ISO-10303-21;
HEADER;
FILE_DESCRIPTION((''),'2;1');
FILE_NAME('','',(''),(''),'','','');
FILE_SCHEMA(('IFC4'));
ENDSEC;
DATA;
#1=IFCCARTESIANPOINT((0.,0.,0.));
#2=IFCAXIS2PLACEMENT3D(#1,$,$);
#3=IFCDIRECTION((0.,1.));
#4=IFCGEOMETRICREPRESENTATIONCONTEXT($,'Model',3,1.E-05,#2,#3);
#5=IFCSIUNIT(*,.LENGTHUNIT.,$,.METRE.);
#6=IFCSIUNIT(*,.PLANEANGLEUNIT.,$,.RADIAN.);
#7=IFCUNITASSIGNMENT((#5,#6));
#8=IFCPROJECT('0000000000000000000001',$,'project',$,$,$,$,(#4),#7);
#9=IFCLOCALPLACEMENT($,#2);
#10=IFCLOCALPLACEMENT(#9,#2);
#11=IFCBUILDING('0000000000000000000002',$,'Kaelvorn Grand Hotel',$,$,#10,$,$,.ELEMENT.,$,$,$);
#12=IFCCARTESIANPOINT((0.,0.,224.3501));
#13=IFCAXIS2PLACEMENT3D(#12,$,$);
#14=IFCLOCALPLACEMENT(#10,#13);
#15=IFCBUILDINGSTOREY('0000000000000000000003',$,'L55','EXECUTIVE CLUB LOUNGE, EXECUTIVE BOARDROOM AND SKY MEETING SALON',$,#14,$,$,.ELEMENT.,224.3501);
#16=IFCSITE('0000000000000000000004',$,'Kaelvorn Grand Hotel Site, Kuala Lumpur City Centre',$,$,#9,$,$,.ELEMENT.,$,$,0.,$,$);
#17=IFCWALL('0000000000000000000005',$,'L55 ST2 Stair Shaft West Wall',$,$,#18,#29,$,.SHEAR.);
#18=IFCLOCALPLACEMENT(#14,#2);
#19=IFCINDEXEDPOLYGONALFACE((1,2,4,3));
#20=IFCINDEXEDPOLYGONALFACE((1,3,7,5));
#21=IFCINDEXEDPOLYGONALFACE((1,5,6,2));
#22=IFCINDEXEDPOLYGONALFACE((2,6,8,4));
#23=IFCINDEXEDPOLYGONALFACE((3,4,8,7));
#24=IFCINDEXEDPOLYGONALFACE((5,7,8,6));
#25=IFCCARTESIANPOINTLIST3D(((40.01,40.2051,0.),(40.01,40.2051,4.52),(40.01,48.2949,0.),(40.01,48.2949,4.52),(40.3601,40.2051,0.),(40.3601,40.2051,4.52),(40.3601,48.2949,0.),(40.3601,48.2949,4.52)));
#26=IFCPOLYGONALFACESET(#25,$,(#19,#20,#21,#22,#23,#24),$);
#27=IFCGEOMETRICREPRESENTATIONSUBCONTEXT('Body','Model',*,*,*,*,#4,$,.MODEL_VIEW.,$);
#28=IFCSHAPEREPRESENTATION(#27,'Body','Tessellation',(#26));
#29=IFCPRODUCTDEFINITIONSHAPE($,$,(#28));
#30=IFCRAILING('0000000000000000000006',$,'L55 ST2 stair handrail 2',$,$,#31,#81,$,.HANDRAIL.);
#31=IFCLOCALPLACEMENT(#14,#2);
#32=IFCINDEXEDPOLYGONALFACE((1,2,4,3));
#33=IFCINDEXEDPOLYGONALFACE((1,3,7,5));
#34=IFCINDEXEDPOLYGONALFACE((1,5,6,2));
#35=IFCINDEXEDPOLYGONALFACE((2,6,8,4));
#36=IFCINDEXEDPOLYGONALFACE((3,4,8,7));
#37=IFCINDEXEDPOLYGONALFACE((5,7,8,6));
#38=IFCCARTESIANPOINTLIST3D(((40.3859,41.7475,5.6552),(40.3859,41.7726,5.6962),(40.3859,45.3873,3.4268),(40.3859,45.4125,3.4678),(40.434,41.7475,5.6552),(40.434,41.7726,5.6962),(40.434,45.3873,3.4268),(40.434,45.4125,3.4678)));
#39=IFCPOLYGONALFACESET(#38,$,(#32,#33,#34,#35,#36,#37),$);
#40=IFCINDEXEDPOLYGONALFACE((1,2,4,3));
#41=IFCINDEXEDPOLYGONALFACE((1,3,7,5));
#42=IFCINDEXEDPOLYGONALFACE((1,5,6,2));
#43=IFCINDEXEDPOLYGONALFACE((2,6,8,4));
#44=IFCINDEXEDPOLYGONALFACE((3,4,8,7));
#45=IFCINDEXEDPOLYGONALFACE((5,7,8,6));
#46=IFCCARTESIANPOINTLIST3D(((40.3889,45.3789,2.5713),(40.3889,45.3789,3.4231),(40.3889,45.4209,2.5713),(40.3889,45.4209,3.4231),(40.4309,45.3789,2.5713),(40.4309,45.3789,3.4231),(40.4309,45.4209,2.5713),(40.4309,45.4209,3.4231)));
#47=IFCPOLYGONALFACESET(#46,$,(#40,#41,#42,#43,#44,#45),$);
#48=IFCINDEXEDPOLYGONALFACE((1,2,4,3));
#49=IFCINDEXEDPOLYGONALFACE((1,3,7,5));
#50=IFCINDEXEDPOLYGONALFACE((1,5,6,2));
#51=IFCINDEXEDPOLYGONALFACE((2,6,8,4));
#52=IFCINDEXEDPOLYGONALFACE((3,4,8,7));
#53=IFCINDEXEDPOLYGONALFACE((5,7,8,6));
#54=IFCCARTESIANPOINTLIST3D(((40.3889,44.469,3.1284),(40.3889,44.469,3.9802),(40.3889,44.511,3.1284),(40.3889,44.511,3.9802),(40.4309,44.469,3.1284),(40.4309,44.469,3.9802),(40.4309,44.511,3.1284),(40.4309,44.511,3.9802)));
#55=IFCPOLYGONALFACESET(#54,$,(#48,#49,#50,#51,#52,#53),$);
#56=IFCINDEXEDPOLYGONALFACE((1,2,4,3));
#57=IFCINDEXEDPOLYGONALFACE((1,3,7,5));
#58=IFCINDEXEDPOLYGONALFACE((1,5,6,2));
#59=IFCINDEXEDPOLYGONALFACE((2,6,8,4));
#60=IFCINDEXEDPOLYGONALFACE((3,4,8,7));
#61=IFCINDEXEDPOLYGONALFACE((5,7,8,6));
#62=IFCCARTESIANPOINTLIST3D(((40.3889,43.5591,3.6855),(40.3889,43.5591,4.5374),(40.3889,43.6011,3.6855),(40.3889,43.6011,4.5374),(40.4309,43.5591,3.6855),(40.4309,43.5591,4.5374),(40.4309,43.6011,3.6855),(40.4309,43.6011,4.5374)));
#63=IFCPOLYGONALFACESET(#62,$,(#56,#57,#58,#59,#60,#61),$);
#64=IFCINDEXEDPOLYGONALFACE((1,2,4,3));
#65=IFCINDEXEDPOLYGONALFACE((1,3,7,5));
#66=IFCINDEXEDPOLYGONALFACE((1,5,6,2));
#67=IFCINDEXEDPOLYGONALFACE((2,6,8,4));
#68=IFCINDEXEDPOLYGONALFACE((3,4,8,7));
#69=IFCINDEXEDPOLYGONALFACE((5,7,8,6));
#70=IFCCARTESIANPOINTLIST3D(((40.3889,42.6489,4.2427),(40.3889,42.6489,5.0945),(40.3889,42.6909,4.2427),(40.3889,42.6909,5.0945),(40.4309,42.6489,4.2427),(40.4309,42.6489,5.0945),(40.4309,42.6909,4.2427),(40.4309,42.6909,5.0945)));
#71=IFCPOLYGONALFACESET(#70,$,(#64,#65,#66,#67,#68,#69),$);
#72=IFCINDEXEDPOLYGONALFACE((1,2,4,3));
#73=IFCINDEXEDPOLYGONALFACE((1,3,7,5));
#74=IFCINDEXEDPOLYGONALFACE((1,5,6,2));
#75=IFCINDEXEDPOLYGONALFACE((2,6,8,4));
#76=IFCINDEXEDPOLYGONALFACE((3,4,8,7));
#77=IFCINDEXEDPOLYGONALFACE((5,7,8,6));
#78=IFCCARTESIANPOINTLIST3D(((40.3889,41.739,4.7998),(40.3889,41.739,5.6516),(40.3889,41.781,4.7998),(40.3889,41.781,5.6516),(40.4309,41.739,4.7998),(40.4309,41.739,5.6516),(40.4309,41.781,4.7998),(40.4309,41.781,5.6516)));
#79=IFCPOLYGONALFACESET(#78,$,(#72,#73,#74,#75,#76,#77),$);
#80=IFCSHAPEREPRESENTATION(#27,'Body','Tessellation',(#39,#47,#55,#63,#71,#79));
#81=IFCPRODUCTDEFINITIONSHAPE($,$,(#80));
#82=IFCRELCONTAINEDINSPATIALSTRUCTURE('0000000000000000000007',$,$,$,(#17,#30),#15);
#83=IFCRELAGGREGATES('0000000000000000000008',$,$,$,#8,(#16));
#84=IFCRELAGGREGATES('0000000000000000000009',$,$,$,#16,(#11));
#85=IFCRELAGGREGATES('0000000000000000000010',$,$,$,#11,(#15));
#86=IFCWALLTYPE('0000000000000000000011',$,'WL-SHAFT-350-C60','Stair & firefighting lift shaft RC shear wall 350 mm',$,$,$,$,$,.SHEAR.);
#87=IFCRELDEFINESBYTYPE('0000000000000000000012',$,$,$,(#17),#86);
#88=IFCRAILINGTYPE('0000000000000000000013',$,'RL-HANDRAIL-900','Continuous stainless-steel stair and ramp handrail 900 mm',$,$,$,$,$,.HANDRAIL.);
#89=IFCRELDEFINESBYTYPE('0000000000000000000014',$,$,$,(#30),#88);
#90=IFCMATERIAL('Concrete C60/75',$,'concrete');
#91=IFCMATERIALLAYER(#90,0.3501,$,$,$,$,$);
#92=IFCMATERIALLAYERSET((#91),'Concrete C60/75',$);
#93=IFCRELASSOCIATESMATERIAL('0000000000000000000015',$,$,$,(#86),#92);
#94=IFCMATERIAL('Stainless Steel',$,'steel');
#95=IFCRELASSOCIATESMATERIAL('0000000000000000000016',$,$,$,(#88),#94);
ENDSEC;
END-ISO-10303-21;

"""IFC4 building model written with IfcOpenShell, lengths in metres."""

from ifc_helpers import new_model, si_unit, direction, frame, frame_2d, origin, origin_2d, place, context, subcontext, project, spatial, rectangle, extrude, material, layer, layer_set, type_object, element, save


model = new_model("IFC4")

# Units and contexts
model_context = context("Model", 3, precision=1e-05, world=origin(), true_north=direction((0.0, 1.0)))
body_context = subcontext(model_context, "Body", "Model", "MODEL_VIEW")
ifc_project = project(units=[si_unit("LENGTHUNIT", "METRE"), si_unit("PLANEANGLEUNIT", "RADIAN")], contexts=[model_context])

# Site, building, storey
site_placement = place(None, origin())
site = spatial("IfcSite", under=ifc_project, at=site_placement, Name="Kaelvorn Grand Hotel Site, Kuala Lumpur City Centre", CompositionType="ELEMENT", RefElevation=0.0)
building_placement = place(site_placement, origin())
building = spatial("IfcBuilding", under=site, at=building_placement, Name="Kaelvorn Grand Hotel", CompositionType="ELEMENT")
storey_placement = place(building_placement, frame((0.0, 0.0, 224.3501)))
storey = spatial("IfcBuildingStorey", under=building, at=storey_placement, Name="L55", Description="EXECUTIVE CLUB LOUNGE, EXECUTIVE BOARDROOM AND SKY MEETING SALON", CompositionType="ELEMENT", Elevation=224.3501)

# Shared definitions
ifc_material_1 = material(Name="Concrete C60/75", Category="concrete")

# Shared definitions
ifc_layer_1 = layer(ifc_material_1, 0.3501)
ifc_layer_set_1 = layer_set([ifc_layer_1], Name="Concrete C60/75")
wall_type_1 = type_object("IfcWallType", Name="WL-SHAFT-350-C60", Description="Stair & firefighting lift shaft RC shear wall 350 mm", PredefinedType="SHEAR", material=ifc_layer_set_1)

# Wall
wall_1_placement = place(storey_placement, frame((40.1851, 40.2051, 0.0), z_axis=(0.0, 0.0, 1.0), x_axis=(0.0, 1.0, 0.0)))
element("IfcWall", 1, at=wall_1_placement, inside=storey, type_object=wall_type_1, Name="L55 ST2 Stair Shaft West Wall", PredefinedType="SHEAR", context=body_context, shape_type="SweptSolid", body=[
    extrude(rectangle(XDim=8.0898, YDim=0.3501, at=frame_2d((4.0449, 0.0))), origin(), (0.0, 0.0, 1.0), 4.52),
])

# Railing
ifc_material_2 = material(Name="Stainless Steel", Category="steel")
railing_type = type_object("IfcRailingType", Name="RL-HANDRAIL-900", Description="Continuous stainless-steel stair and ramp handrail 900 mm", PredefinedType="HANDRAIL", material=ifc_material_2)
railing_placement = place(storey_placement, frame((40.4099, 45.3999, 2.5713)))
element("IfcRailing", 2, at=railing_placement, inside=storey, type_object=railing_type, Name="L55 ST2 stair handrail 2", PredefinedType="HANDRAIL", context=body_context, shape_type="SweptSolid", body=[
    extrude(rectangle(XDim=0.0481, YDim=0.0481, at=origin_2d()), frame((0.0, 0.0, 0.876), z_axis=(0.0, -0.85285, 0.522156), x_axis=(1.0, 0.0, 0.0)), (0.0, 0.0, 1.0), 4.2678),
    extrude(rectangle(XDim=0.042, YDim=0.042, at=origin_2d()), origin(), (0.0, 0.0, 1.0), 0.8518),
    extrude(rectangle(XDim=0.042, YDim=0.042, at=origin_2d()), frame((0.0, -0.9099, 0.5571)), (0.0, 0.0, 1.0), 0.8518),
    extrude(rectangle(XDim=0.042, YDim=0.042, at=origin_2d()), frame((0.0, -1.8198, 1.1143)), (0.0, 0.0, 1.0), 0.8518),
    extrude(rectangle(XDim=0.042, YDim=0.042, at=origin_2d()), frame((0.0, -2.73, 1.6714)), (0.0, 0.0, 1.0), 0.8518),
    extrude(rectangle(XDim=0.042, YDim=0.042, at=origin_2d()), frame((0.0, -3.6399, 2.2285)), (0.0, 0.0, 1.0), 0.8518),
])

save(model, "model.ifc")
